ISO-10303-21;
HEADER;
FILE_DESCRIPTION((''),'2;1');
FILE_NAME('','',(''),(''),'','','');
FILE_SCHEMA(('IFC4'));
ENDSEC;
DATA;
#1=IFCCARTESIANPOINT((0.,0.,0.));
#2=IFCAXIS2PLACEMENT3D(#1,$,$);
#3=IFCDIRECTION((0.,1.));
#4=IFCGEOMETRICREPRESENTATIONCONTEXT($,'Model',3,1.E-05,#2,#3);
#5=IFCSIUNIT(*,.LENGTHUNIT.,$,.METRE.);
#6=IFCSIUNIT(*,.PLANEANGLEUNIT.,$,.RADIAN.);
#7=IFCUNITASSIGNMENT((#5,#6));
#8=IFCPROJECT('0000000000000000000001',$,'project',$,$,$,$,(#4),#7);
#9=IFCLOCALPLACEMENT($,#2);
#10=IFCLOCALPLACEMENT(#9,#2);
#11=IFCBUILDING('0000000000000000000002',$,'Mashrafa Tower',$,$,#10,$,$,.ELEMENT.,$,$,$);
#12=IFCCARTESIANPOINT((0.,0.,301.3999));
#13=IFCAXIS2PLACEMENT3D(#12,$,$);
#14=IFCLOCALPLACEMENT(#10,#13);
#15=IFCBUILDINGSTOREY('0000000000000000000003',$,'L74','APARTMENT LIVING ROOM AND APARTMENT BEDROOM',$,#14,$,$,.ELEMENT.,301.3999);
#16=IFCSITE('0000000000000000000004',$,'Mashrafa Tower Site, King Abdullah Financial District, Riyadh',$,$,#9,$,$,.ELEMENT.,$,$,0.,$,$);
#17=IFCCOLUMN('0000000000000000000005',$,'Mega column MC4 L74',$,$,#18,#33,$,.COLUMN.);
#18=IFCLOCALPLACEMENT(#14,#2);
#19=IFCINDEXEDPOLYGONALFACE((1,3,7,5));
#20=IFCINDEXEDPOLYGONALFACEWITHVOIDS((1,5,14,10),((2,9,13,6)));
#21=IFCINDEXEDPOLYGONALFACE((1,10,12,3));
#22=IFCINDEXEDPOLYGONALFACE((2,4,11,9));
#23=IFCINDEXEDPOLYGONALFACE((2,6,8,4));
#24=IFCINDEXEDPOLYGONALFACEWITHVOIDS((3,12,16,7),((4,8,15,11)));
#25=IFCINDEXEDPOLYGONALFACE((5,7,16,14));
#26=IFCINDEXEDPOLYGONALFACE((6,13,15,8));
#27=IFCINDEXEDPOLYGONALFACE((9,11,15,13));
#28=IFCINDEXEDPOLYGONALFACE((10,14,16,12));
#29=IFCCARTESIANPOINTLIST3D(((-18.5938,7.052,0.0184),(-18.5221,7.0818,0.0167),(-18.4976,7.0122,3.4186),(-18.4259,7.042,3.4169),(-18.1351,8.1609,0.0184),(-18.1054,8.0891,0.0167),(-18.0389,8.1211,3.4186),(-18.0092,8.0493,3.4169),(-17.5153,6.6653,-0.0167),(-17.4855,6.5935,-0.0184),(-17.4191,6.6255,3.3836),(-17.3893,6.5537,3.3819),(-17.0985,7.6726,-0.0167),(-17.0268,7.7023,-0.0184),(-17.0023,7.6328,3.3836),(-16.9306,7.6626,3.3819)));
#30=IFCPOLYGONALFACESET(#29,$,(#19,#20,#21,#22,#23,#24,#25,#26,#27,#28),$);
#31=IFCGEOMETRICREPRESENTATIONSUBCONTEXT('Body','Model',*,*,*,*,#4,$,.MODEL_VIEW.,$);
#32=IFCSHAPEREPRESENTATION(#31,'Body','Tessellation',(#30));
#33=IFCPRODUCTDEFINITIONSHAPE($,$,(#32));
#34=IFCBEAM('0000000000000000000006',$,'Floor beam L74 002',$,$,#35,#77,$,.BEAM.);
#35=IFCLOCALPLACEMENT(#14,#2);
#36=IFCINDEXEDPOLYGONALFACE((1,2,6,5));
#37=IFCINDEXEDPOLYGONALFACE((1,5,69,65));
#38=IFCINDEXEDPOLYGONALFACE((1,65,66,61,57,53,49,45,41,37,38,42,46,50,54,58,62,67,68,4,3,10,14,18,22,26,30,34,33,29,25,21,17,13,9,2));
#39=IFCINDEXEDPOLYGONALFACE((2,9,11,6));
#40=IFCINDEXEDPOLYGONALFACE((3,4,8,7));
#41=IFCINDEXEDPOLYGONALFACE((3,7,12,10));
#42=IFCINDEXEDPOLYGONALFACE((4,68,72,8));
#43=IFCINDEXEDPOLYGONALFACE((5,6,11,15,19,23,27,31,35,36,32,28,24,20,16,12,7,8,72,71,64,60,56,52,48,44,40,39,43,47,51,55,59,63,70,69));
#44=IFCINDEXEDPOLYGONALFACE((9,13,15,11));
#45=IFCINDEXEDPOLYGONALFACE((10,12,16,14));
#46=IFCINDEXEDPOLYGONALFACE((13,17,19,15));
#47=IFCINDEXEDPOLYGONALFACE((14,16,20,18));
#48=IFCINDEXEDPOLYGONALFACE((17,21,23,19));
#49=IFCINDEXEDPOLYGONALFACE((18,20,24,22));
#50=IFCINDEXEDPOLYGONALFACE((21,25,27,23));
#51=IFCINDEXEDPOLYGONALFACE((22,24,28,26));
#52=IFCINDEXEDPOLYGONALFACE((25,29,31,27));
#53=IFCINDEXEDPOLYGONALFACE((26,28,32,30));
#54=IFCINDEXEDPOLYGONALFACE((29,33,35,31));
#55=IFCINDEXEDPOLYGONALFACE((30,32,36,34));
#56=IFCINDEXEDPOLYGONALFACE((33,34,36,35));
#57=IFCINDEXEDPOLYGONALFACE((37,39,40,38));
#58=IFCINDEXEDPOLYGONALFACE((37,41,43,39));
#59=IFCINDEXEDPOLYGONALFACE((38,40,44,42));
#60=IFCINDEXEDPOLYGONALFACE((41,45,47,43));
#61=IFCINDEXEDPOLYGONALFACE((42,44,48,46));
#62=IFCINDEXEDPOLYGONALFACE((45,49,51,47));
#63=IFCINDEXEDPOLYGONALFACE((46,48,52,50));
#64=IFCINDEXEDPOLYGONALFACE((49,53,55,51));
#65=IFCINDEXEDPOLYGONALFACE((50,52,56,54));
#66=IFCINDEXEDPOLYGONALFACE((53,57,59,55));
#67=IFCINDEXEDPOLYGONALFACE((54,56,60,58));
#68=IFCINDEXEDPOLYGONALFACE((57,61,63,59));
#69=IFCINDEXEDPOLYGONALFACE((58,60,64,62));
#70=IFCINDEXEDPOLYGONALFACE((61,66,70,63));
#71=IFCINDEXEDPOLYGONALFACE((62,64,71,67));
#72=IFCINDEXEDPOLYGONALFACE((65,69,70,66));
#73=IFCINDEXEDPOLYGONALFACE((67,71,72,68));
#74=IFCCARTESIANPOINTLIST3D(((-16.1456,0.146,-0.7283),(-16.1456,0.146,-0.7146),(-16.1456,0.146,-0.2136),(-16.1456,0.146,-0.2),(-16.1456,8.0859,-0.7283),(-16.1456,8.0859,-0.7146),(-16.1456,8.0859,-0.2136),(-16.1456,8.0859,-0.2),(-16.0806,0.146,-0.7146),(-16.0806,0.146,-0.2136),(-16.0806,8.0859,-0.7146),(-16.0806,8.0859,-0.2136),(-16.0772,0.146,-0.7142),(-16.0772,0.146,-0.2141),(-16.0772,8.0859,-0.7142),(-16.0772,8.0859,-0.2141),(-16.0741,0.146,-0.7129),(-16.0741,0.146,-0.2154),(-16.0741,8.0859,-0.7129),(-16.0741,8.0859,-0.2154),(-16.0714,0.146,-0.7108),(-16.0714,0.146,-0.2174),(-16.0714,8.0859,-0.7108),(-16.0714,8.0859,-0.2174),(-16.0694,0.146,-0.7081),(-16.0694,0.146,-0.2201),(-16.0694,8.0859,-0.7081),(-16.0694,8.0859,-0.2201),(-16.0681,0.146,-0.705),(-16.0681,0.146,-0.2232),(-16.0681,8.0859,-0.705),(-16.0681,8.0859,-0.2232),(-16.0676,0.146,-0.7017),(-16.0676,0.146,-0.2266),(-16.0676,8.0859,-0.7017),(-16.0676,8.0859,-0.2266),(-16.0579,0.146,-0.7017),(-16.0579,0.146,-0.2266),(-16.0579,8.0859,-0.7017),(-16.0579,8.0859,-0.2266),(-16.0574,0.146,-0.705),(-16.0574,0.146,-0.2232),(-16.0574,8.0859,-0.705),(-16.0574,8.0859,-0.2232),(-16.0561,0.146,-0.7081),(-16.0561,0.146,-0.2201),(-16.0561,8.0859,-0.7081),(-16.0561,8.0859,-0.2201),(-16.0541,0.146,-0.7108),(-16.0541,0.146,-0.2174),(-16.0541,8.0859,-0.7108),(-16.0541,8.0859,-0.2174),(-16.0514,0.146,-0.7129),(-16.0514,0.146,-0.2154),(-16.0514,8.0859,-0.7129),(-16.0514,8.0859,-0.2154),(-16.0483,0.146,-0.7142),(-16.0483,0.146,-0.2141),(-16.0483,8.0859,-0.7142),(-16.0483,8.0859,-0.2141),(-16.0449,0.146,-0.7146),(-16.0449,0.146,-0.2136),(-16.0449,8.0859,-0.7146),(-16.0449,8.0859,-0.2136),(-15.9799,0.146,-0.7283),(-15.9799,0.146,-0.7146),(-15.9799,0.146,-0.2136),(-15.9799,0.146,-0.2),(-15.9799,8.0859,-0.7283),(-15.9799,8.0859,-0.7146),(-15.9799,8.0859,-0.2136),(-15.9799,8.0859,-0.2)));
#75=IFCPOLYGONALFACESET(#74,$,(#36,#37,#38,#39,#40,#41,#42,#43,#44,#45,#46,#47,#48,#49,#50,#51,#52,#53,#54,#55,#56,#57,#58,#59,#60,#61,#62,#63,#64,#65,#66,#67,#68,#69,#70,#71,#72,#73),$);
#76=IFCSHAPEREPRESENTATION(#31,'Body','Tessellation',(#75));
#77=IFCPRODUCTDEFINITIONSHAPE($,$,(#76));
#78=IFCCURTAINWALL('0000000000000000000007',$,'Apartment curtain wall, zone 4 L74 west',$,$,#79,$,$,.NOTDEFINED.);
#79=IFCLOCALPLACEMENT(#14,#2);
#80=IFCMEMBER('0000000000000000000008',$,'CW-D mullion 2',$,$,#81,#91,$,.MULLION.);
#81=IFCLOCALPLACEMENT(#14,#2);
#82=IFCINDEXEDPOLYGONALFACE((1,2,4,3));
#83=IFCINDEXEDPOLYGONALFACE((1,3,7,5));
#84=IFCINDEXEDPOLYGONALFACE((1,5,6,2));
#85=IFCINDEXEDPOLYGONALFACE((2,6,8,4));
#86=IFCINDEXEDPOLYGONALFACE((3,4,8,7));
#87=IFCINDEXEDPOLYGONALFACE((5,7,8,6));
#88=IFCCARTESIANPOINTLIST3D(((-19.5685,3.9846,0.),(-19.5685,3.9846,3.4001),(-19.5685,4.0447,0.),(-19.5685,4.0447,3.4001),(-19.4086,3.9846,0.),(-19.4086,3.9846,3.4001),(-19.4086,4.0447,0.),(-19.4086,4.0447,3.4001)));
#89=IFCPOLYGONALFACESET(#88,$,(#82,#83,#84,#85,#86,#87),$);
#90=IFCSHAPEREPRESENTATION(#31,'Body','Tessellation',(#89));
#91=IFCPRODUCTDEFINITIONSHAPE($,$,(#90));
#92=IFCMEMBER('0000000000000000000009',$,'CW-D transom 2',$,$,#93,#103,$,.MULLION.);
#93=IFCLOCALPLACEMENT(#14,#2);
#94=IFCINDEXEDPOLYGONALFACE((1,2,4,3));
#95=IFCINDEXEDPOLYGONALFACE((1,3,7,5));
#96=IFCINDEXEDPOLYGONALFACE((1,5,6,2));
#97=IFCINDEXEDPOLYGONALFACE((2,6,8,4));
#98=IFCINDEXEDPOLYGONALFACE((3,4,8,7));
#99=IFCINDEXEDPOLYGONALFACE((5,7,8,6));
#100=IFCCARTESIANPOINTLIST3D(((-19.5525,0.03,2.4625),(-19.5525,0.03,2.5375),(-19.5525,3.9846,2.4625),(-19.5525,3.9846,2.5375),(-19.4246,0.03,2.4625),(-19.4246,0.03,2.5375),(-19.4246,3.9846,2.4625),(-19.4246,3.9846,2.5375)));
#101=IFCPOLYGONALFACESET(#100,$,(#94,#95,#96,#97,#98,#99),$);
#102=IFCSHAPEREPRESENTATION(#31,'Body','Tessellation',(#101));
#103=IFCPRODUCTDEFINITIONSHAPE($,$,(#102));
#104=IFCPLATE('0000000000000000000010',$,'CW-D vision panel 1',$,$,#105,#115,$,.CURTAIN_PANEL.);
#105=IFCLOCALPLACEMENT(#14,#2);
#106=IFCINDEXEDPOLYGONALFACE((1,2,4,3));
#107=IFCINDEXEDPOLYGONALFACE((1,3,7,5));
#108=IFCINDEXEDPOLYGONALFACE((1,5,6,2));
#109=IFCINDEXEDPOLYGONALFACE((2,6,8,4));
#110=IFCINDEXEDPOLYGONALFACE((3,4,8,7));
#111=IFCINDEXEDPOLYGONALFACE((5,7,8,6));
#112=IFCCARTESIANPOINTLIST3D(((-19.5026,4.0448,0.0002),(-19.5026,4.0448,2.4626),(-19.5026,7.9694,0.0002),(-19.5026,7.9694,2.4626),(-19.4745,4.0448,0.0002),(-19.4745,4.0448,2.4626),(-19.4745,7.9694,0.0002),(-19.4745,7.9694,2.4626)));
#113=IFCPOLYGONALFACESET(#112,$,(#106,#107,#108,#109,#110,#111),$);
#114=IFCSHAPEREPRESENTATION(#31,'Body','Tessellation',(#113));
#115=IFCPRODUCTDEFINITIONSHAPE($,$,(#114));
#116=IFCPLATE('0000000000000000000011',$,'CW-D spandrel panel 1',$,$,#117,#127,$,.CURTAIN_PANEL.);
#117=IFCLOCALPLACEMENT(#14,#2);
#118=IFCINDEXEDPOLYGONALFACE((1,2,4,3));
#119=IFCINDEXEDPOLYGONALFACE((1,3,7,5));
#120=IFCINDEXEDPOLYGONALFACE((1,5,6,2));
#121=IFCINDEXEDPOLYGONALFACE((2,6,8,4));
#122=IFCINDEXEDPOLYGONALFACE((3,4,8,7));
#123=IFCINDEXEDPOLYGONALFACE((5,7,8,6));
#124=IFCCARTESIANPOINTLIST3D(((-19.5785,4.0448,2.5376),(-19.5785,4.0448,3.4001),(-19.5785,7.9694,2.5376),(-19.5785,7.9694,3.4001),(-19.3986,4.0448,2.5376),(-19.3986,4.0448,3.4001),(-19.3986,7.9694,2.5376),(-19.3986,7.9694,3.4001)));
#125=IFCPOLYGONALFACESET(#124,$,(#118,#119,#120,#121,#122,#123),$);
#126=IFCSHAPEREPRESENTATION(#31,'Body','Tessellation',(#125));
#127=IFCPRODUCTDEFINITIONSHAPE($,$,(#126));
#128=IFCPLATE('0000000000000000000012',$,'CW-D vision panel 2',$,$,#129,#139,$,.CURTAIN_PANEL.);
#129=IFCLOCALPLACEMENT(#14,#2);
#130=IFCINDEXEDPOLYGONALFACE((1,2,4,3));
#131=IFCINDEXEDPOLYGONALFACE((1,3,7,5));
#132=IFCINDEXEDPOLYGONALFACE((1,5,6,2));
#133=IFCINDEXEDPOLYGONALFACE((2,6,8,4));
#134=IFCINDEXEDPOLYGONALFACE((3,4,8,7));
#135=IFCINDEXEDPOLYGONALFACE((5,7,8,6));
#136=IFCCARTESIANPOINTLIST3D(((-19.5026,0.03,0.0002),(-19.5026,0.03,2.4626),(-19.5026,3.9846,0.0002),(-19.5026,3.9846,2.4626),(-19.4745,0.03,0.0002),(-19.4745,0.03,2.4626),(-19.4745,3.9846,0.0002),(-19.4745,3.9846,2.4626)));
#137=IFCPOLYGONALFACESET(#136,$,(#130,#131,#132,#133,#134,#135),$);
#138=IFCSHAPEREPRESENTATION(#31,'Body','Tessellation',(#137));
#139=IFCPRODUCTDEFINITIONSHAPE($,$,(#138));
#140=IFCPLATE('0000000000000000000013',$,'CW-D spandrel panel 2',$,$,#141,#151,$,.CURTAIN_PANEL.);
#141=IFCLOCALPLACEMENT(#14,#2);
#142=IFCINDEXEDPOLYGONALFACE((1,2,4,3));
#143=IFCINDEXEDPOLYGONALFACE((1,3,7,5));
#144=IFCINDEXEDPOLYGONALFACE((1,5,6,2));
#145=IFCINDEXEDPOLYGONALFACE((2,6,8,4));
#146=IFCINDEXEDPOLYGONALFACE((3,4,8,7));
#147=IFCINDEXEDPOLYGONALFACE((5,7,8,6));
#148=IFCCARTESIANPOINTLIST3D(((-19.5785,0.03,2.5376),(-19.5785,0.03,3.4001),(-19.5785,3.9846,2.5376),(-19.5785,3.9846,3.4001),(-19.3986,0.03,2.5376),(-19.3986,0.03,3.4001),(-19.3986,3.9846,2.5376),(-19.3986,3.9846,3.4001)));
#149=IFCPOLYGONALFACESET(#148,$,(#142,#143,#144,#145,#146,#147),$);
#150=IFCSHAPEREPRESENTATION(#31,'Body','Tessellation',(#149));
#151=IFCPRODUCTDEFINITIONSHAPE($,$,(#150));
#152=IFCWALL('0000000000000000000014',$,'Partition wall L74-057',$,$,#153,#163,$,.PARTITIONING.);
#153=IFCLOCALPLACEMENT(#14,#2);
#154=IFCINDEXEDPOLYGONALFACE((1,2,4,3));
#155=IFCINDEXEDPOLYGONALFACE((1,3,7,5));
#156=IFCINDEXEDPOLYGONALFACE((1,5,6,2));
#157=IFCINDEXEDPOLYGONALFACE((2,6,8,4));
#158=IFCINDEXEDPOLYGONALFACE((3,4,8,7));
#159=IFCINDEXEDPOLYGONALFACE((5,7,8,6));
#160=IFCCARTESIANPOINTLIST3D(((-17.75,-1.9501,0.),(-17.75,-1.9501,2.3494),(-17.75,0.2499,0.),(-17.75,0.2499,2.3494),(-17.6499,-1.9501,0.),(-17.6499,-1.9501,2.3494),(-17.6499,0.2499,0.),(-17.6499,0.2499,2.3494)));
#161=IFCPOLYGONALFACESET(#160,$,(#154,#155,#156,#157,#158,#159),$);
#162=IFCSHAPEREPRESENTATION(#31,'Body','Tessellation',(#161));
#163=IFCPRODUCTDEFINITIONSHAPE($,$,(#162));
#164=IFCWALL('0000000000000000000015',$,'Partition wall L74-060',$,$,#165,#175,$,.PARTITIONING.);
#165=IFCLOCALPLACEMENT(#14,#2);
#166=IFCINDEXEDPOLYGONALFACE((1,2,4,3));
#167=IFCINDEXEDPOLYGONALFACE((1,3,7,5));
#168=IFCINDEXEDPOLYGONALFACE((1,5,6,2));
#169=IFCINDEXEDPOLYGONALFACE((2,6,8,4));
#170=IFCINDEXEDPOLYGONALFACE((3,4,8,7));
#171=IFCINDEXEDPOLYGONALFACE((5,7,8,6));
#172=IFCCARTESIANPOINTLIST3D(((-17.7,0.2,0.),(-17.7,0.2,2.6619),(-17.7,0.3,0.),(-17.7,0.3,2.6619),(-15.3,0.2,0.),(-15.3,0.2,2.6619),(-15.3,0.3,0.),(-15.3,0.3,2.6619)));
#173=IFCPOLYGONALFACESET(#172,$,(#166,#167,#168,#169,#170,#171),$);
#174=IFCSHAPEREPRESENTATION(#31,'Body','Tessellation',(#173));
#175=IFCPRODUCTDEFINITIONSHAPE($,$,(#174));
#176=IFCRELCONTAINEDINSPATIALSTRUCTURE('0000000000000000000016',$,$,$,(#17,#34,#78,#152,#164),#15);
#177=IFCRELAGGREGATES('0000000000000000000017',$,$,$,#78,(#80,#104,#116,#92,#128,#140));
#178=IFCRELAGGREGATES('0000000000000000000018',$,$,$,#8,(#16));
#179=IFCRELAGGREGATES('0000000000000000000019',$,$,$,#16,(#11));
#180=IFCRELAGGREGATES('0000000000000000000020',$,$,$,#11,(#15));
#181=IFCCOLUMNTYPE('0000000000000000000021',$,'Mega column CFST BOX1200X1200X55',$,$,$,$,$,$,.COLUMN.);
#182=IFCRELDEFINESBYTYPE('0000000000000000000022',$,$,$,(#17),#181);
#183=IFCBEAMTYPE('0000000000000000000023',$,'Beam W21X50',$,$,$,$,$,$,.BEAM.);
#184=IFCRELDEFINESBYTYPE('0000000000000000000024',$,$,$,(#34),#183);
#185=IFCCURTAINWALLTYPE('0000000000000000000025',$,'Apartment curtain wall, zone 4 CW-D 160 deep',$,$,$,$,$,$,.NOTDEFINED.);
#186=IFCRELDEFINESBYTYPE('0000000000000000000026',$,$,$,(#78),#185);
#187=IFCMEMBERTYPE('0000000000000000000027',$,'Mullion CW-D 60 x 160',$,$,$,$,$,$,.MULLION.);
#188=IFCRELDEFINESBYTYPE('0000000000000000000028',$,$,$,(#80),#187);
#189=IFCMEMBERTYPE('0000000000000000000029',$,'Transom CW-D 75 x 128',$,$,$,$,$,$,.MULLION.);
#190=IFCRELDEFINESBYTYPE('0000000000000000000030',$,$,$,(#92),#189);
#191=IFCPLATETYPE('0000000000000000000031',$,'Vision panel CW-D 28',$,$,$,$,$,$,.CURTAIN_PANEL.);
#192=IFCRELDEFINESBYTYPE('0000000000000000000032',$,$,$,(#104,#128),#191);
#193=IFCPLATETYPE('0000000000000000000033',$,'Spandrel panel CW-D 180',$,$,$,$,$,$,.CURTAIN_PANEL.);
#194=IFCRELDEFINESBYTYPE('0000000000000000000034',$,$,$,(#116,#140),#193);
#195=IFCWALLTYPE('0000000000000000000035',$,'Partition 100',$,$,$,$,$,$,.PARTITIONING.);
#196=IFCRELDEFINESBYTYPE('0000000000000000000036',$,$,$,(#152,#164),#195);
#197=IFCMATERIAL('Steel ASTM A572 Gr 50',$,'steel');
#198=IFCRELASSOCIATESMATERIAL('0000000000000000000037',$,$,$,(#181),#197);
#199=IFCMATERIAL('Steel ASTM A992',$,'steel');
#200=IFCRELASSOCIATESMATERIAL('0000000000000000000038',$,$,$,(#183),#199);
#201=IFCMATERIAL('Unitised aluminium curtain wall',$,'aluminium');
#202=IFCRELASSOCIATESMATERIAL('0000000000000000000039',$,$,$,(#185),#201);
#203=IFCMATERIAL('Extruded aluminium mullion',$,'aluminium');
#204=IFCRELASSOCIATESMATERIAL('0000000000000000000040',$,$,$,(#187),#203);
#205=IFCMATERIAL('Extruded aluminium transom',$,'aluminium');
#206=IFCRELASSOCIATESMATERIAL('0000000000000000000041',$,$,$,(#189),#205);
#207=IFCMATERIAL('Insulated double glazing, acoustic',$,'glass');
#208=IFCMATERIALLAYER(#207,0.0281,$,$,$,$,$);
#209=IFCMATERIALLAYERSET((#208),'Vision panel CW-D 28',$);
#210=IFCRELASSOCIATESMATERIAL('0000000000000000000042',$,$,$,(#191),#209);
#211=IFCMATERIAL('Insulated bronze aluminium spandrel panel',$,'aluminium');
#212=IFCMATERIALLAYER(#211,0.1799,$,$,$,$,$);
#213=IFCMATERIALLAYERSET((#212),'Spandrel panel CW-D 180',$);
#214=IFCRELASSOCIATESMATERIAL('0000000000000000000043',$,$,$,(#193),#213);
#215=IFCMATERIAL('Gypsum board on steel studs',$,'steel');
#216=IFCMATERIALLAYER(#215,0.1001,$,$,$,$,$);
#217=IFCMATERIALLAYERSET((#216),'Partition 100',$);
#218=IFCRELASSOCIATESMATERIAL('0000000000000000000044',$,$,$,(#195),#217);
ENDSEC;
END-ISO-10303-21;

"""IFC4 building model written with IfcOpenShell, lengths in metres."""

from ifc_helpers import new_model, si_unit, direction, frame, frame_2d, origin, origin_2d, place, context, subcontext, project, spatial, rectangle, hollow_rectangle, i_section, extrude, source, transform, mapped, material, layer, layer_set, material_profile, profile_set, type_object, type_shapes, element, aggregate, save


model = new_model("IFC4")

# Units and contexts
model_context = context("Model", 3, precision=1e-05, world=origin(), true_north=direction((0.0, 1.0)))
body_context = subcontext(model_context, "Body", "Model", "MODEL_VIEW")
ifc_project = project(units=[si_unit("LENGTHUNIT", "METRE"), si_unit("PLANEANGLEUNIT", "RADIAN")], contexts=[model_context])

# Site, building, storey
site_placement = place(None, origin())
site = spatial("IfcSite", under=ifc_project, at=site_placement, Name="Mashrafa Tower Site, King Abdullah Financial District, Riyadh", CompositionType="ELEMENT", RefElevation=0.0)
building_placement = place(site_placement, origin())
building = spatial("IfcBuilding", under=site, at=building_placement, Name="Mashrafa Tower", CompositionType="ELEMENT")
storey_placement = place(building_placement, frame((0.0, 0.0, 301.3999)))
storey = spatial("IfcBuildingStorey", under=building, at=storey_placement, Name="L74", Description="APARTMENT LIVING ROOM AND APARTMENT BEDROOM", CompositionType="ELEMENT", Elevation=301.3999)

# Column
ifc_material_1 = material(Name="Steel ASTM A572 Gr 50", Category="steel")
ifc_material_profile_1 = material_profile(ifc_material_1, hollow_rectangle(XDim=1.2, YDim=1.2, WallThickness=0.0549, at=origin_2d()), Name="BOX1200X1200X55")
ifc_profile_set_1 = profile_set([ifc_material_profile_1], Name="Steel ASTM A572 Gr 50")
column_type = type_object("IfcColumnType", Name="Mega column CFST BOX1200X1200X55", PredefinedType="COLUMN", material=ifc_profile_set_1)
column_placement = place(storey_placement, frame((-17.8103, 7.3772, 0.0), z_axis=(0.028277, -0.011698, 0.999532), x_axis=(0.382283, 0.924045, 0.0)))
element("IfcColumn", 1, at=column_placement, inside=storey, type_object=column_type, Name="Mega column MC4 L74", PredefinedType="COLUMN", context=body_context, shape_type="SweptSolid", body=[
    extrude(hollow_rectangle(XDim=1.2, YDim=1.2, WallThickness=0.0549, at=origin_2d()), origin(), (0.0, 0.0, 1.0), 3.4019),
])

# Beam
ifc_material_2 = material(Name="Steel ASTM A992", Category="steel")
ifc_material_profile_2 = material_profile(ifc_material_2, i_section(OverallWidth=0.1658, OverallDepth=0.5283, WebThickness=0.0098, FlangeThickness=0.0137, FilletRadius=0.0129, at=origin_2d()), Name="W21X50")
ifc_profile_set_2 = profile_set([ifc_material_profile_2], Name="Steel ASTM A992")
beam_type = type_object("IfcBeamType", Name="Beam W21X50", PredefinedType="BEAM", material=ifc_profile_set_2)
beam_placement = place(storey_placement, frame((-16.0627, 0.146, -0.4641), z_axis=(0.0, 1.0, 0.0), x_axis=(-1.0, 0.0, 0.0)))
element("IfcBeam", 2, at=beam_placement, inside=storey, type_object=beam_type, Name="Floor beam L74 002", PredefinedType="BEAM", context=body_context, shape_type="SweptSolid", body=[
    extrude(i_section(OverallWidth=0.1658, OverallDepth=0.5283, WebThickness=0.0098, FlangeThickness=0.0137, FilletRadius=0.0129, at=origin_2d()), origin(), (0.0, 0.0, 1.0), 7.9399),
])

# Curtain wall, members, plates
ifc_material_3 = material(Name="Unitised aluminium curtain wall", Category="aluminium")
curtain_wall_type = type_object("IfcCurtainWallType", Name="Apartment curtain wall, zone 4 CW-D 160 deep", PredefinedType="NOTDEFINED", material=ifc_material_3)
curtain_wall_placement = place(storey_placement, origin())
curtain_wall = element("IfcCurtainWall", 3, at=curtain_wall_placement, inside=storey, type_object=curtain_wall_type, Name="Apartment curtain wall, zone 4 L74 west", PredefinedType="NOTDEFINED")
ifc_material_4 = material(Name="Extruded aluminium mullion", Category="aluminium")
ifc_material_profile_3 = material_profile(ifc_material_4, rectangle(XDim=0.1599, YDim=0.0601, at=origin_2d()), Name="Mullion 60x160")
ifc_profile_set_3 = profile_set([ifc_material_profile_3], Name="Extruded aluminium mullion")
member_type_1 = type_object("IfcMemberType", Name="Mullion CW-D 60 x 160", PredefinedType="MULLION", material=ifc_profile_set_3)
shared_shape_1 = source(origin(), body_context, "Body", "SweptSolid", [
    extrude(rectangle(XDim=0.1599, YDim=0.0601, at=origin_2d()), origin(), (0.0, 0.0, 1.0), 3.4001),
])
type_shapes(member_type_1, [shared_shape_1])
member_1_placement = place(storey_placement, frame((-19.4885, 4.0146, 0.0), z_axis=(0.0, 0.0, 1.0), x_axis=(1.0, 0.0, 0.0)))
member_1 = element("IfcMember", 4, at=member_1_placement, type_object=member_type_1, Name="CW-D mullion 2", PredefinedType="MULLION", context=body_context, shape_type="MappedRepresentation", body=[
    mapped(shared_shape_1, transform((0.0, 0.0, 0.0))),
])
ifc_material_5 = material(Name="Extruded aluminium transom", Category="aluminium")
ifc_material_profile_4 = material_profile(ifc_material_5, rectangle(XDim=0.1279, YDim=0.075, at=origin_2d()), Name="Transom 75x128")
ifc_profile_set_4 = profile_set([ifc_material_profile_4], Name="Extruded aluminium transom")
member_type_2 = type_object("IfcMemberType", Name="Transom CW-D 75 x 128", PredefinedType="MULLION", material=ifc_profile_set_4)
shared_shape_2 = source(origin(), body_context, "Body", "SweptSolid", [
    extrude(rectangle(XDim=0.1279, YDim=0.075, at=origin_2d()), origin(), (0.0, 0.0, 1.0), 3.9546),
])
type_shapes(member_type_2, [shared_shape_2])
member_2_placement = place(storey_placement, frame((-19.4885, 3.9846, 2.5), z_axis=(0.0, -1.0, 0.0), x_axis=(1.0, 0.0, 0.0)))
member_2 = element("IfcMember", 5, at=member_2_placement, type_object=member_type_2, Name="CW-D transom 2", PredefinedType="MULLION", context=body_context, shape_type="MappedRepresentation", body=[
    mapped(shared_shape_2, transform((0.0, 0.0, 0.0))),
])
ifc_material_6 = material(Name="Insulated double glazing, acoustic", Category="glass")
ifc_layer_1 = layer(ifc_material_6, 0.0281)
ifc_layer_set_1 = layer_set([ifc_layer_1], Name="Vision panel CW-D 28")
plate_type_1 = type_object("IfcPlateType", Name="Vision panel CW-D 28", PredefinedType="CURTAIN_PANEL", material=ifc_layer_set_1)
shared_shape_3 = source(origin(), body_context, "Body", "SweptSolid", [
    extrude(rectangle(XDim=3.9246, YDim=0.0281, at=origin_2d()), origin(), (0.0, 0.0, 1.0), 2.4624),
])
plate_1_placement = place(storey_placement, frame((-19.4885, 6.0071, 0.0002), z_axis=(0.0, 0.0, 1.0), x_axis=(0.0, -1.0, 0.0)))
plate_1 = element("IfcPlate", 6, at=plate_1_placement, type_object=plate_type_1, Name="CW-D vision panel 1", PredefinedType="CURTAIN_PANEL", context=body_context, shape_type="MappedRepresentation", body=[
    mapped(shared_shape_3, transform((0.0, 0.0, 0.0))),
])
ifc_material_7 = material(Name="Insulated bronze aluminium spandrel panel", Category="aluminium")
ifc_layer_2 = layer(ifc_material_7, 0.1799)
ifc_layer_set_2 = layer_set([ifc_layer_2], Name="Spandrel panel CW-D 180")
plate_type_2 = type_object("IfcPlateType", Name="Spandrel panel CW-D 180", PredefinedType="CURTAIN_PANEL", material=ifc_layer_set_2)
shared_shape_4 = source(origin(), body_context, "Body", "SweptSolid", [
    extrude(rectangle(XDim=3.9246, YDim=0.1799, at=origin_2d()), origin(), (0.0, 0.0, 1.0), 0.8625),
])
plate_2_placement = place(storey_placement, frame((-19.4885, 6.0071, 2.5376), z_axis=(0.0, 0.0, 1.0), x_axis=(0.0, -1.0, 0.0)))
plate_2 = element("IfcPlate", 7, at=plate_2_placement, type_object=plate_type_2, Name="CW-D spandrel panel 1", PredefinedType="CURTAIN_PANEL", context=body_context, shape_type="MappedRepresentation", body=[
    mapped(shared_shape_4, transform((0.0, 0.0, 0.0))),
])
shared_shape_5 = source(origin(), body_context, "Body", "SweptSolid", [
    extrude(rectangle(XDim=3.9546, YDim=0.0281, at=origin_2d()), origin(), (0.0, 0.0, 1.0), 2.4624),
])
type_shapes(plate_type_1, [shared_shape_3, shared_shape_5])
plate_3_placement = place(storey_placement, frame((-19.4885, 2.0073, 0.0002), z_axis=(0.0, 0.0, 1.0), x_axis=(0.0, -1.0, 0.0)))
plate_3 = element("IfcPlate", 8, at=plate_3_placement, type_object=plate_type_1, Name="CW-D vision panel 2", PredefinedType="CURTAIN_PANEL", context=body_context, shape_type="MappedRepresentation", body=[
    mapped(shared_shape_5, transform((0.0, 0.0, 0.0))),
])
shared_shape_6 = source(origin(), body_context, "Body", "SweptSolid", [
    extrude(rectangle(XDim=3.9546, YDim=0.1799, at=origin_2d()), origin(), (0.0, 0.0, 1.0), 0.8625),
])
type_shapes(plate_type_2, [shared_shape_4, shared_shape_6])
plate_4_placement = place(storey_placement, frame((-19.4885, 2.0073, 2.5376), z_axis=(0.0, 0.0, 1.0), x_axis=(0.0, -1.0, 0.0)))
plate_4 = element("IfcPlate", 9, at=plate_4_placement, type_object=plate_type_2, Name="CW-D spandrel panel 2", PredefinedType="CURTAIN_PANEL", context=body_context, shape_type="MappedRepresentation", body=[
    mapped(shared_shape_6, transform((0.0, 0.0, 0.0))),
])
aggregate(curtain_wall, [member_1, plate_1, plate_2, member_2, plate_3, plate_4])

# Walls
ifc_material_8 = material(Name="Gypsum board on steel studs", Category="steel")
ifc_layer_3 = layer(ifc_material_8, 0.1001)
ifc_layer_set_3 = layer_set([ifc_layer_3], Name="Partition 100")
wall_type = type_object("IfcWallType", Name="Partition 100", PredefinedType="PARTITIONING", material=ifc_layer_set_3)
wall_1_placement = place(storey_placement, frame((-17.7, 0.25, 0.0), z_axis=(0.0, 0.0, 1.0), x_axis=(0.0, -1.0, 0.0)))
element("IfcWall", 10, at=wall_1_placement, inside=storey, type_object=wall_type, Name="Partition wall L74-057", PredefinedType="PARTITIONING", context=body_context, shape_type="SweptSolid", body=[
    extrude(rectangle(XDim=2.2, YDim=0.1001, at=frame_2d((1.1001, 0.0))), origin(), (0.0, 0.0, 1.0), 2.3494),
])
wall_2_placement = place(storey_placement, frame((-15.3, 0.25, 0.0), z_axis=(0.0, 0.0, 1.0), x_axis=(-1.0, 0.0, 0.0)))
element("IfcWall", 11, at=wall_2_placement, inside=storey, type_object=wall_type, Name="Partition wall L74-060", PredefinedType="PARTITIONING", context=body_context, shape_type="SweptSolid", body=[
    extrude(rectangle(XDim=2.3999, YDim=0.1001, at=frame_2d((1.2, 0.0))), origin(), (0.0, 0.0, 1.0), 2.6619),
])

save(model, "model.ifc")
